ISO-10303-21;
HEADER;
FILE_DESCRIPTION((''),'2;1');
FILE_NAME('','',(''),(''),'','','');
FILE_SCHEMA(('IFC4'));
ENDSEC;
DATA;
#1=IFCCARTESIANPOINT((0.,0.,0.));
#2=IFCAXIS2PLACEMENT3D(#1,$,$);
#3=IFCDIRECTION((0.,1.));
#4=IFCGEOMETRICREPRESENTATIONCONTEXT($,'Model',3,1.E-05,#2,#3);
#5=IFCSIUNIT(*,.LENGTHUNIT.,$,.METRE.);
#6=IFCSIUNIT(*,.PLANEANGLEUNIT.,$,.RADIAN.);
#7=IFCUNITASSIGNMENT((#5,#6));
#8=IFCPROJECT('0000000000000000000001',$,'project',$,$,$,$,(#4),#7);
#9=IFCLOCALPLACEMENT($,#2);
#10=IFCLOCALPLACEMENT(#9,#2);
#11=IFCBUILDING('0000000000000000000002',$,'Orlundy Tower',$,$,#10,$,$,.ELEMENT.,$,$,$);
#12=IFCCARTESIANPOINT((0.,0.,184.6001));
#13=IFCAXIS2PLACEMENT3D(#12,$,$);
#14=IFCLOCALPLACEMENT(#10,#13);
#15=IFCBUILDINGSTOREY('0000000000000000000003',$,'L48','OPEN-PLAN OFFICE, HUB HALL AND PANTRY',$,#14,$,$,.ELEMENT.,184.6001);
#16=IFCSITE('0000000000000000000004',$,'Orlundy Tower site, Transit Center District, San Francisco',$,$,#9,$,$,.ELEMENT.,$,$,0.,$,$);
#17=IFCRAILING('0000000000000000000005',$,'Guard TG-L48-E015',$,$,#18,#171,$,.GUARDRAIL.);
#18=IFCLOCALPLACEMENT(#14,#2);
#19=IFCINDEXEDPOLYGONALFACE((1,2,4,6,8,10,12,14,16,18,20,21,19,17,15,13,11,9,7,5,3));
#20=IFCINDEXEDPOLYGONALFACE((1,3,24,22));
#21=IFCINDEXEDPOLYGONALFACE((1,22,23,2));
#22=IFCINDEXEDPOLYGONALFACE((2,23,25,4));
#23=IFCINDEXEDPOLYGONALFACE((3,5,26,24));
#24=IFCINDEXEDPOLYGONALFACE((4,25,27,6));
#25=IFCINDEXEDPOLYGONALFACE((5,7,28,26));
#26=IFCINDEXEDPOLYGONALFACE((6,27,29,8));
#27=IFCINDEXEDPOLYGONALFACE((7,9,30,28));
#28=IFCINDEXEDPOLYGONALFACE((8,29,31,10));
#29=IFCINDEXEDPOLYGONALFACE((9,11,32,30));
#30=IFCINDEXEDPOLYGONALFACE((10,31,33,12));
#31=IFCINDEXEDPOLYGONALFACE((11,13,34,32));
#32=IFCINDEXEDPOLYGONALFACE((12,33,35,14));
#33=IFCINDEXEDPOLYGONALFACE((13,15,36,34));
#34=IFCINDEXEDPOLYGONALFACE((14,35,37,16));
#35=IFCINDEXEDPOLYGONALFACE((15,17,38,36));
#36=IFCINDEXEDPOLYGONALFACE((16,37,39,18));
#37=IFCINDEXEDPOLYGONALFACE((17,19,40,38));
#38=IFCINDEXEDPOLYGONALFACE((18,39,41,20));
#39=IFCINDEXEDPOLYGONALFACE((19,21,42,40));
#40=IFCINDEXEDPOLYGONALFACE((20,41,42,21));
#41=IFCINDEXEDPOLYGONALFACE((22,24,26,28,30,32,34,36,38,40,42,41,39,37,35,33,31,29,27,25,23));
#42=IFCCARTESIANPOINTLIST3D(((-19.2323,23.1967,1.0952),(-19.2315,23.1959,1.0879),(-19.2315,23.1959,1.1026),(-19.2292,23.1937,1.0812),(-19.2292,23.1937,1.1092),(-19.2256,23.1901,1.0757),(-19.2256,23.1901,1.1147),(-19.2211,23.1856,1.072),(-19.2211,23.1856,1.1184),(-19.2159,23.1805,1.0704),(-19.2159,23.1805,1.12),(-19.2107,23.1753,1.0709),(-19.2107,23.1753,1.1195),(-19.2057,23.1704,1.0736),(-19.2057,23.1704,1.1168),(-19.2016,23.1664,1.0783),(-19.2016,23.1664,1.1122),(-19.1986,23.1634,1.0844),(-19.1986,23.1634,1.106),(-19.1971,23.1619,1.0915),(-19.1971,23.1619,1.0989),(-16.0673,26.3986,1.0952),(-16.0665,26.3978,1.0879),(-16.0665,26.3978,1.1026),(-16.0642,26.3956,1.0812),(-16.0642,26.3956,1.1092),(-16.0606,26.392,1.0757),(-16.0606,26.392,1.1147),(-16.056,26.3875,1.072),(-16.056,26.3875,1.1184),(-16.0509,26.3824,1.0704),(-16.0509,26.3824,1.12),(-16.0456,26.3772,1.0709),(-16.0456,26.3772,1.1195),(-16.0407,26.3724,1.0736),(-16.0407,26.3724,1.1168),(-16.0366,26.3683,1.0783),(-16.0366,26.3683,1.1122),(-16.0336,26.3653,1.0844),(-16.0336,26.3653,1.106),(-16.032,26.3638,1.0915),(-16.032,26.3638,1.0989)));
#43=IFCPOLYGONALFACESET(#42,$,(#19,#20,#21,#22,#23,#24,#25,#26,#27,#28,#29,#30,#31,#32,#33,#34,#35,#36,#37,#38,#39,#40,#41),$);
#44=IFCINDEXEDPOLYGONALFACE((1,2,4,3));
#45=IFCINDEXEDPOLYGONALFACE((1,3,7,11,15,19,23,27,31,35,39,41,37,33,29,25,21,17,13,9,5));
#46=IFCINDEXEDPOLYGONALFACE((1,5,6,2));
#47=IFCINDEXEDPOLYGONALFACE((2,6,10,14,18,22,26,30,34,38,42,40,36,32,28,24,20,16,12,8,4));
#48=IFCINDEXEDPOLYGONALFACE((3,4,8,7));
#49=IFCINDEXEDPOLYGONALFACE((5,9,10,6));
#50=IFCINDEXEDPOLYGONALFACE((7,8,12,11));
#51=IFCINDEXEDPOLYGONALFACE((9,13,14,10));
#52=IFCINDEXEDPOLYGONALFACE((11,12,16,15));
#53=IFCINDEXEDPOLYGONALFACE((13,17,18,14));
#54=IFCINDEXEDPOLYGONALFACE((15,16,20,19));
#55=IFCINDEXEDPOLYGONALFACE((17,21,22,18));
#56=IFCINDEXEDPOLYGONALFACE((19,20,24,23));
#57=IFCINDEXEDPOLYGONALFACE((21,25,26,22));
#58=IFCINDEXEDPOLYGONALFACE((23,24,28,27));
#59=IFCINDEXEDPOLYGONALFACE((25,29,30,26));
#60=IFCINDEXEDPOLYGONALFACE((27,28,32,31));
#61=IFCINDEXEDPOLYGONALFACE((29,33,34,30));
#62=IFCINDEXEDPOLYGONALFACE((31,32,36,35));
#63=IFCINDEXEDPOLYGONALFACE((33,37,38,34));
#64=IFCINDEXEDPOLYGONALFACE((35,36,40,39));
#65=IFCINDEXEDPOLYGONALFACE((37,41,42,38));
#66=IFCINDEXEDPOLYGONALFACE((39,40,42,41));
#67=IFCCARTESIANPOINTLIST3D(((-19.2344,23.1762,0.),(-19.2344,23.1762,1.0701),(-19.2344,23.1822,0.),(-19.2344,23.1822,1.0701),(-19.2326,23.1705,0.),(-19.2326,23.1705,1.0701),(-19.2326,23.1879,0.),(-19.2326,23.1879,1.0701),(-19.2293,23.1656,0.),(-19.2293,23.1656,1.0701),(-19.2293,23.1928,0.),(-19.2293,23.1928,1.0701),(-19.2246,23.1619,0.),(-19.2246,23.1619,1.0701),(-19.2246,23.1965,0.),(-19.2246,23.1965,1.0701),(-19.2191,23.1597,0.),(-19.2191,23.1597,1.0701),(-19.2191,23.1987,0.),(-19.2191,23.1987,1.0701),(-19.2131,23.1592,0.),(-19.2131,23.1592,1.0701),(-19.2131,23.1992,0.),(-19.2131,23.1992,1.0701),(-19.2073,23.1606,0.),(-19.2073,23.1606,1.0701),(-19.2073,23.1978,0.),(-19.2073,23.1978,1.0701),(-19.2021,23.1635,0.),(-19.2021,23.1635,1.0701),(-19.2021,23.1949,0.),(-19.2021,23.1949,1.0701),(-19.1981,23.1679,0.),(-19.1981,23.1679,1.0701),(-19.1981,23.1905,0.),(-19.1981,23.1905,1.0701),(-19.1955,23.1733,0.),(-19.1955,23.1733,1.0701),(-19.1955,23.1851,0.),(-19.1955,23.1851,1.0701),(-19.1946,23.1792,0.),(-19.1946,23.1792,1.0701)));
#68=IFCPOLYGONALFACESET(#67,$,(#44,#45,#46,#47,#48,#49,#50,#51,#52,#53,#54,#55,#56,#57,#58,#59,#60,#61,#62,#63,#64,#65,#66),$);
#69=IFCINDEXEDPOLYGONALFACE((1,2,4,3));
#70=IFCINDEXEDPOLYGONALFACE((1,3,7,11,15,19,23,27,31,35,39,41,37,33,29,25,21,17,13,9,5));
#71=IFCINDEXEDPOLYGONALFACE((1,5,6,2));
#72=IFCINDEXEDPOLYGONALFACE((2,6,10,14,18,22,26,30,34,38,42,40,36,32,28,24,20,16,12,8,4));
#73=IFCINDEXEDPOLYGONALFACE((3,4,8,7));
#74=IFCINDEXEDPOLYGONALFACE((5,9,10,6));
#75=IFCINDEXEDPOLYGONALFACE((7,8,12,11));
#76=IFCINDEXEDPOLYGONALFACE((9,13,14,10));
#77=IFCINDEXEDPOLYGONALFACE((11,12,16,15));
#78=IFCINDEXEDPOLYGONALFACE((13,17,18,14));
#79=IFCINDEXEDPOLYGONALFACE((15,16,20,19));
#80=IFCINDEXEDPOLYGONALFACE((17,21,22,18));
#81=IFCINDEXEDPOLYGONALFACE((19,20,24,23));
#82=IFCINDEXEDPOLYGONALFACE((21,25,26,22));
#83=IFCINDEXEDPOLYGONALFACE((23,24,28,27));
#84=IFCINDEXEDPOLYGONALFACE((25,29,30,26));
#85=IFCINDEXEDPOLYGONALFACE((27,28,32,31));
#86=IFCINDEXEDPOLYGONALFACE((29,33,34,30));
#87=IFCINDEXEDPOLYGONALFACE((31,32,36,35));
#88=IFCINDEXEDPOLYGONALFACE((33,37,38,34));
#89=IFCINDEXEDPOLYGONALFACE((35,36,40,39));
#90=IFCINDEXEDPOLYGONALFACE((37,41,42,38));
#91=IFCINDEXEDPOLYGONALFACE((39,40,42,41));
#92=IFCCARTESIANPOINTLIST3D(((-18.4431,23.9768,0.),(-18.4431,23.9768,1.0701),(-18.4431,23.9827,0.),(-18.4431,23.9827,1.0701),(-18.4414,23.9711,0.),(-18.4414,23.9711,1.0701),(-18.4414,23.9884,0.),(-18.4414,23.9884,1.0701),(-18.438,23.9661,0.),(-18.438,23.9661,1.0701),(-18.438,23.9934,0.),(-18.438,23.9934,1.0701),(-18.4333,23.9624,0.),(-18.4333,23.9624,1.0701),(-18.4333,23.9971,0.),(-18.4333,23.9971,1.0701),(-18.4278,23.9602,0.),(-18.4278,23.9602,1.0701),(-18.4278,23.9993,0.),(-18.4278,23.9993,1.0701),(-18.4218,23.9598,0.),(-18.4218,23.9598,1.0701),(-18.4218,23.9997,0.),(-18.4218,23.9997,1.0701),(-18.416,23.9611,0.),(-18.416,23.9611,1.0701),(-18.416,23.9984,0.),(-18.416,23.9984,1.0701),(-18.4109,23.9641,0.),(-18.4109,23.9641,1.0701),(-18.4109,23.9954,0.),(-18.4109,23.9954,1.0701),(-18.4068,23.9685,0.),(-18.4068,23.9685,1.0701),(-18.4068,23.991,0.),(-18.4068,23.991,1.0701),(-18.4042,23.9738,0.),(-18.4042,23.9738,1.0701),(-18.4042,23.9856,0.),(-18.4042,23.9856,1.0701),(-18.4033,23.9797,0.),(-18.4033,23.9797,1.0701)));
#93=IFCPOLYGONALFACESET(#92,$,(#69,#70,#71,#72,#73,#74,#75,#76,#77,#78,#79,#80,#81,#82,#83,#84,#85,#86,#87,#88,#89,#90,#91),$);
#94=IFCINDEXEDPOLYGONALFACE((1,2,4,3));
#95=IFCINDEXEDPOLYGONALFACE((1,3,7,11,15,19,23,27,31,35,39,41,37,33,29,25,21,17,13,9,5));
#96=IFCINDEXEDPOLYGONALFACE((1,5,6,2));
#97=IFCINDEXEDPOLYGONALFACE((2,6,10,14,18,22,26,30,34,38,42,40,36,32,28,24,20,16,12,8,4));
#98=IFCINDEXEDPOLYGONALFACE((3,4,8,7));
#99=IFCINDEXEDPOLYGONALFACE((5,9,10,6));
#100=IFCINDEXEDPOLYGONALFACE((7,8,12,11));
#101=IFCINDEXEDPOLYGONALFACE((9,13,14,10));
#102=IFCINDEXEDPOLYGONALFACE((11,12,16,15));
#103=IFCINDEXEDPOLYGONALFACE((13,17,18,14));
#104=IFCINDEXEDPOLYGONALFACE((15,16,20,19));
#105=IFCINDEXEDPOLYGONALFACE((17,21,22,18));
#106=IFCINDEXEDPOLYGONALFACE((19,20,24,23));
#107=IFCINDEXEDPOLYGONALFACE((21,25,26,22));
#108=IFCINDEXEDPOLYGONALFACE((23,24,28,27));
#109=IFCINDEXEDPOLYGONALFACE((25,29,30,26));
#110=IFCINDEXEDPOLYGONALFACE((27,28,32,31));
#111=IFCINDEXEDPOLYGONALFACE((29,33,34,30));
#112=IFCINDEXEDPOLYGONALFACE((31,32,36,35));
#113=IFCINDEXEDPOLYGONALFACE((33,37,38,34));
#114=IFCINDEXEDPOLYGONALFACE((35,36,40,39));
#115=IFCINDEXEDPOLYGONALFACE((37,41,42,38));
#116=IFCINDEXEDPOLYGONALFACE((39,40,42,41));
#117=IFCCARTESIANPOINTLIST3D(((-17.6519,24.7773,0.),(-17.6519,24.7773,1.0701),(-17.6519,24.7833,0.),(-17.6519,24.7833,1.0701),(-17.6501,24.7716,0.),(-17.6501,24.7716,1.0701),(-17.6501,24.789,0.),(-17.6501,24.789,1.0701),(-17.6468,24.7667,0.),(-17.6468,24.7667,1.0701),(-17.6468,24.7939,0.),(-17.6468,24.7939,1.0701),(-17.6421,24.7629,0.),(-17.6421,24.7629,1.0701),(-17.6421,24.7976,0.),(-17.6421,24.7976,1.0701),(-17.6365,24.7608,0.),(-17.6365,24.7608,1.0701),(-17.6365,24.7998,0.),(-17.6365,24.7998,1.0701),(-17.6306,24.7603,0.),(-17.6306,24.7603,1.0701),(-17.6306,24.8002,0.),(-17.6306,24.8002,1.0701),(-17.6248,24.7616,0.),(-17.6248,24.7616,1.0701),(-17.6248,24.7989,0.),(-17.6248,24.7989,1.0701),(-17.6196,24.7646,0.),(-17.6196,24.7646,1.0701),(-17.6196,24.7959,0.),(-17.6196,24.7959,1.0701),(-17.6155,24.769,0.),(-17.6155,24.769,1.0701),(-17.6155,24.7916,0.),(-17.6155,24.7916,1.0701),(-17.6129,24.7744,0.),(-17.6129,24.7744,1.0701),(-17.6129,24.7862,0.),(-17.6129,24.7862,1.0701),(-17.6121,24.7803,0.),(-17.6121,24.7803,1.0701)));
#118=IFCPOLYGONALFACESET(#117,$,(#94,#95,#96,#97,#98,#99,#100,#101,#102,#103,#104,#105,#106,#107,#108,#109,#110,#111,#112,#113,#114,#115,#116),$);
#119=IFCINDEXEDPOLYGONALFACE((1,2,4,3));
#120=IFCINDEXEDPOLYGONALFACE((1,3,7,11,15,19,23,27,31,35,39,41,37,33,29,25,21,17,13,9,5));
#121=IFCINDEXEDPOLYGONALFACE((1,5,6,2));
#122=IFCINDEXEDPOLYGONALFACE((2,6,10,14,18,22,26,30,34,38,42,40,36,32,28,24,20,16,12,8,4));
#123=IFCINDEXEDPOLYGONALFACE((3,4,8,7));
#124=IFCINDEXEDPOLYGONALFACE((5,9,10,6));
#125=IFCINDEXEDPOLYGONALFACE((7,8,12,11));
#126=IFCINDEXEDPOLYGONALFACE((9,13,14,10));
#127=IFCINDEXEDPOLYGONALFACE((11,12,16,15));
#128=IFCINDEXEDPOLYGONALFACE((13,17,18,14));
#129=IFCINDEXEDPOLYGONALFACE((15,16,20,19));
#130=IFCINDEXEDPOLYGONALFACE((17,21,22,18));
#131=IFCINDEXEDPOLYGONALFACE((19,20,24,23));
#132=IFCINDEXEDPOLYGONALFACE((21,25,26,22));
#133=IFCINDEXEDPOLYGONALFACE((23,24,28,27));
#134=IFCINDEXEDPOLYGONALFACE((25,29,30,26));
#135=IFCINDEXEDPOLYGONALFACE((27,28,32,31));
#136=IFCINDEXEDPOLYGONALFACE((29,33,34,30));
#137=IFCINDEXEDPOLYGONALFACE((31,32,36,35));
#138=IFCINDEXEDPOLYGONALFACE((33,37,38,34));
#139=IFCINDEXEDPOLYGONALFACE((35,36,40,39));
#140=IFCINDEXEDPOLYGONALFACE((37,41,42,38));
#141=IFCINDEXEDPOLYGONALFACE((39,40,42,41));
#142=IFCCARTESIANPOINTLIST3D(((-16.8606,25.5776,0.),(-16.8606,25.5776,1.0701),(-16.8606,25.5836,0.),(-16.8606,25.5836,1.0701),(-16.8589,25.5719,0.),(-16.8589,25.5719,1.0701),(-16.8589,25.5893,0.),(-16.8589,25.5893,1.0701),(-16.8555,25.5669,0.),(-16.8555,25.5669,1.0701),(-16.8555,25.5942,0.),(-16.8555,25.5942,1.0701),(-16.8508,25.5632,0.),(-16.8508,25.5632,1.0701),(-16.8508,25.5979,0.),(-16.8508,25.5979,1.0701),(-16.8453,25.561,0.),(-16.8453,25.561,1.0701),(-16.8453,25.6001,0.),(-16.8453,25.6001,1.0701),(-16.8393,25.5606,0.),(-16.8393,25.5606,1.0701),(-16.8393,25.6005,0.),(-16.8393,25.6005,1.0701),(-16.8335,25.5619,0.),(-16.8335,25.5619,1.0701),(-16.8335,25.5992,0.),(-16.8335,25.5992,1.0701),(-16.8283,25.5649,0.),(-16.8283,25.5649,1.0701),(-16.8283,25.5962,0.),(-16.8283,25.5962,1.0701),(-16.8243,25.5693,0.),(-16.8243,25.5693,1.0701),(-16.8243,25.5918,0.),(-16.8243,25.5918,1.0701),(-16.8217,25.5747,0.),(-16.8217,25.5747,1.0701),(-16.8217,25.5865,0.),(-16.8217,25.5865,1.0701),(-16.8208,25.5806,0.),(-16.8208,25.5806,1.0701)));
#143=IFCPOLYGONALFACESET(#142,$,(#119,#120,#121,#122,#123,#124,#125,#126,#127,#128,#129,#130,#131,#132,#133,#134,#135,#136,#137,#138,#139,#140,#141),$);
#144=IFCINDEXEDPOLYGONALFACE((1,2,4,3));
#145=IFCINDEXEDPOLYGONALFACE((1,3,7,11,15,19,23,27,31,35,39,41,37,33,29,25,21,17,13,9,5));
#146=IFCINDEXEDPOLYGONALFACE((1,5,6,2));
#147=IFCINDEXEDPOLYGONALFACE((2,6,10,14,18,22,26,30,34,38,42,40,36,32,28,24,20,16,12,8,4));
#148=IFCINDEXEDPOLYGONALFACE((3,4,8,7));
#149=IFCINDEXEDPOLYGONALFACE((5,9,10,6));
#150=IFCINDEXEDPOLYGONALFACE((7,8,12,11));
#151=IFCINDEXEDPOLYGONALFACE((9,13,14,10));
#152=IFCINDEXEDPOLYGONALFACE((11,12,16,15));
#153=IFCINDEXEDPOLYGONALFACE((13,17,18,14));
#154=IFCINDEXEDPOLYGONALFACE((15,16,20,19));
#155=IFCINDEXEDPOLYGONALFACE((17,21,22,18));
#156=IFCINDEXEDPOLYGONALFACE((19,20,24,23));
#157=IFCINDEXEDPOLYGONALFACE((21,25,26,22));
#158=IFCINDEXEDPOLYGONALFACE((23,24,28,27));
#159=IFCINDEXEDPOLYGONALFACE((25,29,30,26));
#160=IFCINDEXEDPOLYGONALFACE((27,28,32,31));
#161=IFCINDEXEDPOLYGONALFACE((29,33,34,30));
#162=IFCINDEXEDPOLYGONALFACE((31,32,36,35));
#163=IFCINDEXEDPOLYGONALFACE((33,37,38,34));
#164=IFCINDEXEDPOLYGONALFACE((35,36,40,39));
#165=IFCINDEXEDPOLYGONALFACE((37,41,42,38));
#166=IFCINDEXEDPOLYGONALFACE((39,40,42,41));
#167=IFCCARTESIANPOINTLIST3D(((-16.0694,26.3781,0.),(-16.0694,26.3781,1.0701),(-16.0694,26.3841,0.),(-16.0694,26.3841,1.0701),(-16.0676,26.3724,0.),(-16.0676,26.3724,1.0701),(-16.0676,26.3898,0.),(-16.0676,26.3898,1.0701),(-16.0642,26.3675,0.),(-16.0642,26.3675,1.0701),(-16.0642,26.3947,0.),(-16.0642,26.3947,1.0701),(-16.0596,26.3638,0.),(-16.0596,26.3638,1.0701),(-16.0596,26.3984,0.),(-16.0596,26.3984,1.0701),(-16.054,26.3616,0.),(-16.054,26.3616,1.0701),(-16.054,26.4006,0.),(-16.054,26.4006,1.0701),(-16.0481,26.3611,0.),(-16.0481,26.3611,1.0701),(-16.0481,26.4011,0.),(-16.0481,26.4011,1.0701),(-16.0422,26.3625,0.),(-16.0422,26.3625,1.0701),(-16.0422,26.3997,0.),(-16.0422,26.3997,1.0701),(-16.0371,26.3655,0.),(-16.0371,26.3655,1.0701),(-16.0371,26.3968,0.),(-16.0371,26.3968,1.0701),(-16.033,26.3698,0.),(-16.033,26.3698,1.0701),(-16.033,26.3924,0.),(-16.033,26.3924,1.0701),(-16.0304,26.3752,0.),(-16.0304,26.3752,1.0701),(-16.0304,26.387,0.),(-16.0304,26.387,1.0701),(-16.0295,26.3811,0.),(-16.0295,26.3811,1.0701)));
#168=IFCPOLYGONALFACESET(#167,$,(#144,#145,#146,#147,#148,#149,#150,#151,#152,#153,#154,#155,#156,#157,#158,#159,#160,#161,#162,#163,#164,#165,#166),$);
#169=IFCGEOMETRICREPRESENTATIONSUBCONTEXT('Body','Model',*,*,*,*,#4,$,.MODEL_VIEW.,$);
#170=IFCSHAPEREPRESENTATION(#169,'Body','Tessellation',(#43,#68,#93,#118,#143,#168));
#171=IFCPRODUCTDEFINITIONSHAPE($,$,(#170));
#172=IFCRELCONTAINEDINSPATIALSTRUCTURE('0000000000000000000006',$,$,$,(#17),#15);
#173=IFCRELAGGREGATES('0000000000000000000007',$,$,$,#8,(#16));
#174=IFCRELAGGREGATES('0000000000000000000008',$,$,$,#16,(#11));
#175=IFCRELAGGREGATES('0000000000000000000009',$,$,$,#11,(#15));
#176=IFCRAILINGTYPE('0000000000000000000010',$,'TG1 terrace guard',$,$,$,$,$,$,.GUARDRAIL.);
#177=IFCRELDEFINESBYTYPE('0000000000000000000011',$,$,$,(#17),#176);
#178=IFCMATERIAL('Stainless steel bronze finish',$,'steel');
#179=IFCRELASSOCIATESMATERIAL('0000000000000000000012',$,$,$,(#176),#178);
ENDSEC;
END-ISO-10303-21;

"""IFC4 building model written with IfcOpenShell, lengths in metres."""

from ifc_helpers import new_model, si_unit, direction, frame, origin, origin_2d, place, context, subcontext, project, spatial, circle, extrude, material, type_object, element, save


model = new_model("IFC4")

# Units and contexts
model_context = context("Model", 3, precision=1e-05, world=origin(), true_north=direction((0.0, 1.0)))
body_context = subcontext(model_context, "Body", "Model", "MODEL_VIEW")
ifc_project = project(units=[si_unit("LENGTHUNIT", "METRE"), si_unit("PLANEANGLEUNIT", "RADIAN")], contexts=[model_context])

# Site, building, storey
site_placement = place(None, origin())
site = spatial("IfcSite", under=ifc_project, at=site_placement, Name="Orlundy Tower site, Transit Center District, San Francisco", CompositionType="ELEMENT", RefElevation=0.0)
building_placement = place(site_placement, origin())
building = spatial("IfcBuilding", under=site, at=building_placement, Name="Orlundy Tower", CompositionType="ELEMENT")
storey_placement = place(building_placement, frame((0.0, 0.0, 184.6001)))
storey = spatial("IfcBuildingStorey", under=building, at=storey_placement, Name="L48", Description="OPEN-PLAN OFFICE, HUB HALL AND PANTRY", CompositionType="ELEMENT", Elevation=184.6001)

# Railing
ifc_material_1 = material(Name="Stainless steel bronze finish", Category="steel")
railing_type_1 = type_object("IfcRailingType", Name="TG1 terrace guard", PredefinedType="GUARDRAIL", material=ifc_material_1)
railing_1_placement = place(storey_placement, frame((-19.2146, 23.1792, 0.0)))
element("IfcRailing", 1, at=railing_1_placement, inside=storey, type_object=railing_type_1, Name="Guard TG-L48-E015", PredefinedType="GUARDRAIL", context=body_context, shape_type="SweptSolid", body=[
    extrude(circle(Radius=0.0249, at=origin_2d()), frame((0.0, 0.0, 1.0952), z_axis=(0.703001, 0.711189, 0.0), x_axis=(-0.711189, 0.703001, 0.0)), (0.0, 0.0, 1.0), 4.5022),
    extrude(circle(Radius=0.02, at=origin_2d()), origin(), (0.0, 0.0, 1.0), 1.0701),
    extrude(circle(Radius=0.02, at=origin_2d()), frame((0.7913, 0.8005, 0.0)), (0.0, 0.0, 1.0), 1.0701),
    extrude(circle(Radius=0.02, at=origin_2d()), frame((1.5825, 1.6011, 0.0)), (0.0, 0.0, 1.0), 1.0701),
    extrude(circle(Radius=0.02, at=origin_2d()), frame((2.3738, 2.4014, 0.0)), (0.0, 0.0, 1.0), 1.0701),
    extrude(circle(Radius=0.02, at=origin_2d()), frame((3.165, 3.2019, 0.0)), (0.0, 0.0, 1.0), 1.0701),
])

save(model, "model.ifc")
